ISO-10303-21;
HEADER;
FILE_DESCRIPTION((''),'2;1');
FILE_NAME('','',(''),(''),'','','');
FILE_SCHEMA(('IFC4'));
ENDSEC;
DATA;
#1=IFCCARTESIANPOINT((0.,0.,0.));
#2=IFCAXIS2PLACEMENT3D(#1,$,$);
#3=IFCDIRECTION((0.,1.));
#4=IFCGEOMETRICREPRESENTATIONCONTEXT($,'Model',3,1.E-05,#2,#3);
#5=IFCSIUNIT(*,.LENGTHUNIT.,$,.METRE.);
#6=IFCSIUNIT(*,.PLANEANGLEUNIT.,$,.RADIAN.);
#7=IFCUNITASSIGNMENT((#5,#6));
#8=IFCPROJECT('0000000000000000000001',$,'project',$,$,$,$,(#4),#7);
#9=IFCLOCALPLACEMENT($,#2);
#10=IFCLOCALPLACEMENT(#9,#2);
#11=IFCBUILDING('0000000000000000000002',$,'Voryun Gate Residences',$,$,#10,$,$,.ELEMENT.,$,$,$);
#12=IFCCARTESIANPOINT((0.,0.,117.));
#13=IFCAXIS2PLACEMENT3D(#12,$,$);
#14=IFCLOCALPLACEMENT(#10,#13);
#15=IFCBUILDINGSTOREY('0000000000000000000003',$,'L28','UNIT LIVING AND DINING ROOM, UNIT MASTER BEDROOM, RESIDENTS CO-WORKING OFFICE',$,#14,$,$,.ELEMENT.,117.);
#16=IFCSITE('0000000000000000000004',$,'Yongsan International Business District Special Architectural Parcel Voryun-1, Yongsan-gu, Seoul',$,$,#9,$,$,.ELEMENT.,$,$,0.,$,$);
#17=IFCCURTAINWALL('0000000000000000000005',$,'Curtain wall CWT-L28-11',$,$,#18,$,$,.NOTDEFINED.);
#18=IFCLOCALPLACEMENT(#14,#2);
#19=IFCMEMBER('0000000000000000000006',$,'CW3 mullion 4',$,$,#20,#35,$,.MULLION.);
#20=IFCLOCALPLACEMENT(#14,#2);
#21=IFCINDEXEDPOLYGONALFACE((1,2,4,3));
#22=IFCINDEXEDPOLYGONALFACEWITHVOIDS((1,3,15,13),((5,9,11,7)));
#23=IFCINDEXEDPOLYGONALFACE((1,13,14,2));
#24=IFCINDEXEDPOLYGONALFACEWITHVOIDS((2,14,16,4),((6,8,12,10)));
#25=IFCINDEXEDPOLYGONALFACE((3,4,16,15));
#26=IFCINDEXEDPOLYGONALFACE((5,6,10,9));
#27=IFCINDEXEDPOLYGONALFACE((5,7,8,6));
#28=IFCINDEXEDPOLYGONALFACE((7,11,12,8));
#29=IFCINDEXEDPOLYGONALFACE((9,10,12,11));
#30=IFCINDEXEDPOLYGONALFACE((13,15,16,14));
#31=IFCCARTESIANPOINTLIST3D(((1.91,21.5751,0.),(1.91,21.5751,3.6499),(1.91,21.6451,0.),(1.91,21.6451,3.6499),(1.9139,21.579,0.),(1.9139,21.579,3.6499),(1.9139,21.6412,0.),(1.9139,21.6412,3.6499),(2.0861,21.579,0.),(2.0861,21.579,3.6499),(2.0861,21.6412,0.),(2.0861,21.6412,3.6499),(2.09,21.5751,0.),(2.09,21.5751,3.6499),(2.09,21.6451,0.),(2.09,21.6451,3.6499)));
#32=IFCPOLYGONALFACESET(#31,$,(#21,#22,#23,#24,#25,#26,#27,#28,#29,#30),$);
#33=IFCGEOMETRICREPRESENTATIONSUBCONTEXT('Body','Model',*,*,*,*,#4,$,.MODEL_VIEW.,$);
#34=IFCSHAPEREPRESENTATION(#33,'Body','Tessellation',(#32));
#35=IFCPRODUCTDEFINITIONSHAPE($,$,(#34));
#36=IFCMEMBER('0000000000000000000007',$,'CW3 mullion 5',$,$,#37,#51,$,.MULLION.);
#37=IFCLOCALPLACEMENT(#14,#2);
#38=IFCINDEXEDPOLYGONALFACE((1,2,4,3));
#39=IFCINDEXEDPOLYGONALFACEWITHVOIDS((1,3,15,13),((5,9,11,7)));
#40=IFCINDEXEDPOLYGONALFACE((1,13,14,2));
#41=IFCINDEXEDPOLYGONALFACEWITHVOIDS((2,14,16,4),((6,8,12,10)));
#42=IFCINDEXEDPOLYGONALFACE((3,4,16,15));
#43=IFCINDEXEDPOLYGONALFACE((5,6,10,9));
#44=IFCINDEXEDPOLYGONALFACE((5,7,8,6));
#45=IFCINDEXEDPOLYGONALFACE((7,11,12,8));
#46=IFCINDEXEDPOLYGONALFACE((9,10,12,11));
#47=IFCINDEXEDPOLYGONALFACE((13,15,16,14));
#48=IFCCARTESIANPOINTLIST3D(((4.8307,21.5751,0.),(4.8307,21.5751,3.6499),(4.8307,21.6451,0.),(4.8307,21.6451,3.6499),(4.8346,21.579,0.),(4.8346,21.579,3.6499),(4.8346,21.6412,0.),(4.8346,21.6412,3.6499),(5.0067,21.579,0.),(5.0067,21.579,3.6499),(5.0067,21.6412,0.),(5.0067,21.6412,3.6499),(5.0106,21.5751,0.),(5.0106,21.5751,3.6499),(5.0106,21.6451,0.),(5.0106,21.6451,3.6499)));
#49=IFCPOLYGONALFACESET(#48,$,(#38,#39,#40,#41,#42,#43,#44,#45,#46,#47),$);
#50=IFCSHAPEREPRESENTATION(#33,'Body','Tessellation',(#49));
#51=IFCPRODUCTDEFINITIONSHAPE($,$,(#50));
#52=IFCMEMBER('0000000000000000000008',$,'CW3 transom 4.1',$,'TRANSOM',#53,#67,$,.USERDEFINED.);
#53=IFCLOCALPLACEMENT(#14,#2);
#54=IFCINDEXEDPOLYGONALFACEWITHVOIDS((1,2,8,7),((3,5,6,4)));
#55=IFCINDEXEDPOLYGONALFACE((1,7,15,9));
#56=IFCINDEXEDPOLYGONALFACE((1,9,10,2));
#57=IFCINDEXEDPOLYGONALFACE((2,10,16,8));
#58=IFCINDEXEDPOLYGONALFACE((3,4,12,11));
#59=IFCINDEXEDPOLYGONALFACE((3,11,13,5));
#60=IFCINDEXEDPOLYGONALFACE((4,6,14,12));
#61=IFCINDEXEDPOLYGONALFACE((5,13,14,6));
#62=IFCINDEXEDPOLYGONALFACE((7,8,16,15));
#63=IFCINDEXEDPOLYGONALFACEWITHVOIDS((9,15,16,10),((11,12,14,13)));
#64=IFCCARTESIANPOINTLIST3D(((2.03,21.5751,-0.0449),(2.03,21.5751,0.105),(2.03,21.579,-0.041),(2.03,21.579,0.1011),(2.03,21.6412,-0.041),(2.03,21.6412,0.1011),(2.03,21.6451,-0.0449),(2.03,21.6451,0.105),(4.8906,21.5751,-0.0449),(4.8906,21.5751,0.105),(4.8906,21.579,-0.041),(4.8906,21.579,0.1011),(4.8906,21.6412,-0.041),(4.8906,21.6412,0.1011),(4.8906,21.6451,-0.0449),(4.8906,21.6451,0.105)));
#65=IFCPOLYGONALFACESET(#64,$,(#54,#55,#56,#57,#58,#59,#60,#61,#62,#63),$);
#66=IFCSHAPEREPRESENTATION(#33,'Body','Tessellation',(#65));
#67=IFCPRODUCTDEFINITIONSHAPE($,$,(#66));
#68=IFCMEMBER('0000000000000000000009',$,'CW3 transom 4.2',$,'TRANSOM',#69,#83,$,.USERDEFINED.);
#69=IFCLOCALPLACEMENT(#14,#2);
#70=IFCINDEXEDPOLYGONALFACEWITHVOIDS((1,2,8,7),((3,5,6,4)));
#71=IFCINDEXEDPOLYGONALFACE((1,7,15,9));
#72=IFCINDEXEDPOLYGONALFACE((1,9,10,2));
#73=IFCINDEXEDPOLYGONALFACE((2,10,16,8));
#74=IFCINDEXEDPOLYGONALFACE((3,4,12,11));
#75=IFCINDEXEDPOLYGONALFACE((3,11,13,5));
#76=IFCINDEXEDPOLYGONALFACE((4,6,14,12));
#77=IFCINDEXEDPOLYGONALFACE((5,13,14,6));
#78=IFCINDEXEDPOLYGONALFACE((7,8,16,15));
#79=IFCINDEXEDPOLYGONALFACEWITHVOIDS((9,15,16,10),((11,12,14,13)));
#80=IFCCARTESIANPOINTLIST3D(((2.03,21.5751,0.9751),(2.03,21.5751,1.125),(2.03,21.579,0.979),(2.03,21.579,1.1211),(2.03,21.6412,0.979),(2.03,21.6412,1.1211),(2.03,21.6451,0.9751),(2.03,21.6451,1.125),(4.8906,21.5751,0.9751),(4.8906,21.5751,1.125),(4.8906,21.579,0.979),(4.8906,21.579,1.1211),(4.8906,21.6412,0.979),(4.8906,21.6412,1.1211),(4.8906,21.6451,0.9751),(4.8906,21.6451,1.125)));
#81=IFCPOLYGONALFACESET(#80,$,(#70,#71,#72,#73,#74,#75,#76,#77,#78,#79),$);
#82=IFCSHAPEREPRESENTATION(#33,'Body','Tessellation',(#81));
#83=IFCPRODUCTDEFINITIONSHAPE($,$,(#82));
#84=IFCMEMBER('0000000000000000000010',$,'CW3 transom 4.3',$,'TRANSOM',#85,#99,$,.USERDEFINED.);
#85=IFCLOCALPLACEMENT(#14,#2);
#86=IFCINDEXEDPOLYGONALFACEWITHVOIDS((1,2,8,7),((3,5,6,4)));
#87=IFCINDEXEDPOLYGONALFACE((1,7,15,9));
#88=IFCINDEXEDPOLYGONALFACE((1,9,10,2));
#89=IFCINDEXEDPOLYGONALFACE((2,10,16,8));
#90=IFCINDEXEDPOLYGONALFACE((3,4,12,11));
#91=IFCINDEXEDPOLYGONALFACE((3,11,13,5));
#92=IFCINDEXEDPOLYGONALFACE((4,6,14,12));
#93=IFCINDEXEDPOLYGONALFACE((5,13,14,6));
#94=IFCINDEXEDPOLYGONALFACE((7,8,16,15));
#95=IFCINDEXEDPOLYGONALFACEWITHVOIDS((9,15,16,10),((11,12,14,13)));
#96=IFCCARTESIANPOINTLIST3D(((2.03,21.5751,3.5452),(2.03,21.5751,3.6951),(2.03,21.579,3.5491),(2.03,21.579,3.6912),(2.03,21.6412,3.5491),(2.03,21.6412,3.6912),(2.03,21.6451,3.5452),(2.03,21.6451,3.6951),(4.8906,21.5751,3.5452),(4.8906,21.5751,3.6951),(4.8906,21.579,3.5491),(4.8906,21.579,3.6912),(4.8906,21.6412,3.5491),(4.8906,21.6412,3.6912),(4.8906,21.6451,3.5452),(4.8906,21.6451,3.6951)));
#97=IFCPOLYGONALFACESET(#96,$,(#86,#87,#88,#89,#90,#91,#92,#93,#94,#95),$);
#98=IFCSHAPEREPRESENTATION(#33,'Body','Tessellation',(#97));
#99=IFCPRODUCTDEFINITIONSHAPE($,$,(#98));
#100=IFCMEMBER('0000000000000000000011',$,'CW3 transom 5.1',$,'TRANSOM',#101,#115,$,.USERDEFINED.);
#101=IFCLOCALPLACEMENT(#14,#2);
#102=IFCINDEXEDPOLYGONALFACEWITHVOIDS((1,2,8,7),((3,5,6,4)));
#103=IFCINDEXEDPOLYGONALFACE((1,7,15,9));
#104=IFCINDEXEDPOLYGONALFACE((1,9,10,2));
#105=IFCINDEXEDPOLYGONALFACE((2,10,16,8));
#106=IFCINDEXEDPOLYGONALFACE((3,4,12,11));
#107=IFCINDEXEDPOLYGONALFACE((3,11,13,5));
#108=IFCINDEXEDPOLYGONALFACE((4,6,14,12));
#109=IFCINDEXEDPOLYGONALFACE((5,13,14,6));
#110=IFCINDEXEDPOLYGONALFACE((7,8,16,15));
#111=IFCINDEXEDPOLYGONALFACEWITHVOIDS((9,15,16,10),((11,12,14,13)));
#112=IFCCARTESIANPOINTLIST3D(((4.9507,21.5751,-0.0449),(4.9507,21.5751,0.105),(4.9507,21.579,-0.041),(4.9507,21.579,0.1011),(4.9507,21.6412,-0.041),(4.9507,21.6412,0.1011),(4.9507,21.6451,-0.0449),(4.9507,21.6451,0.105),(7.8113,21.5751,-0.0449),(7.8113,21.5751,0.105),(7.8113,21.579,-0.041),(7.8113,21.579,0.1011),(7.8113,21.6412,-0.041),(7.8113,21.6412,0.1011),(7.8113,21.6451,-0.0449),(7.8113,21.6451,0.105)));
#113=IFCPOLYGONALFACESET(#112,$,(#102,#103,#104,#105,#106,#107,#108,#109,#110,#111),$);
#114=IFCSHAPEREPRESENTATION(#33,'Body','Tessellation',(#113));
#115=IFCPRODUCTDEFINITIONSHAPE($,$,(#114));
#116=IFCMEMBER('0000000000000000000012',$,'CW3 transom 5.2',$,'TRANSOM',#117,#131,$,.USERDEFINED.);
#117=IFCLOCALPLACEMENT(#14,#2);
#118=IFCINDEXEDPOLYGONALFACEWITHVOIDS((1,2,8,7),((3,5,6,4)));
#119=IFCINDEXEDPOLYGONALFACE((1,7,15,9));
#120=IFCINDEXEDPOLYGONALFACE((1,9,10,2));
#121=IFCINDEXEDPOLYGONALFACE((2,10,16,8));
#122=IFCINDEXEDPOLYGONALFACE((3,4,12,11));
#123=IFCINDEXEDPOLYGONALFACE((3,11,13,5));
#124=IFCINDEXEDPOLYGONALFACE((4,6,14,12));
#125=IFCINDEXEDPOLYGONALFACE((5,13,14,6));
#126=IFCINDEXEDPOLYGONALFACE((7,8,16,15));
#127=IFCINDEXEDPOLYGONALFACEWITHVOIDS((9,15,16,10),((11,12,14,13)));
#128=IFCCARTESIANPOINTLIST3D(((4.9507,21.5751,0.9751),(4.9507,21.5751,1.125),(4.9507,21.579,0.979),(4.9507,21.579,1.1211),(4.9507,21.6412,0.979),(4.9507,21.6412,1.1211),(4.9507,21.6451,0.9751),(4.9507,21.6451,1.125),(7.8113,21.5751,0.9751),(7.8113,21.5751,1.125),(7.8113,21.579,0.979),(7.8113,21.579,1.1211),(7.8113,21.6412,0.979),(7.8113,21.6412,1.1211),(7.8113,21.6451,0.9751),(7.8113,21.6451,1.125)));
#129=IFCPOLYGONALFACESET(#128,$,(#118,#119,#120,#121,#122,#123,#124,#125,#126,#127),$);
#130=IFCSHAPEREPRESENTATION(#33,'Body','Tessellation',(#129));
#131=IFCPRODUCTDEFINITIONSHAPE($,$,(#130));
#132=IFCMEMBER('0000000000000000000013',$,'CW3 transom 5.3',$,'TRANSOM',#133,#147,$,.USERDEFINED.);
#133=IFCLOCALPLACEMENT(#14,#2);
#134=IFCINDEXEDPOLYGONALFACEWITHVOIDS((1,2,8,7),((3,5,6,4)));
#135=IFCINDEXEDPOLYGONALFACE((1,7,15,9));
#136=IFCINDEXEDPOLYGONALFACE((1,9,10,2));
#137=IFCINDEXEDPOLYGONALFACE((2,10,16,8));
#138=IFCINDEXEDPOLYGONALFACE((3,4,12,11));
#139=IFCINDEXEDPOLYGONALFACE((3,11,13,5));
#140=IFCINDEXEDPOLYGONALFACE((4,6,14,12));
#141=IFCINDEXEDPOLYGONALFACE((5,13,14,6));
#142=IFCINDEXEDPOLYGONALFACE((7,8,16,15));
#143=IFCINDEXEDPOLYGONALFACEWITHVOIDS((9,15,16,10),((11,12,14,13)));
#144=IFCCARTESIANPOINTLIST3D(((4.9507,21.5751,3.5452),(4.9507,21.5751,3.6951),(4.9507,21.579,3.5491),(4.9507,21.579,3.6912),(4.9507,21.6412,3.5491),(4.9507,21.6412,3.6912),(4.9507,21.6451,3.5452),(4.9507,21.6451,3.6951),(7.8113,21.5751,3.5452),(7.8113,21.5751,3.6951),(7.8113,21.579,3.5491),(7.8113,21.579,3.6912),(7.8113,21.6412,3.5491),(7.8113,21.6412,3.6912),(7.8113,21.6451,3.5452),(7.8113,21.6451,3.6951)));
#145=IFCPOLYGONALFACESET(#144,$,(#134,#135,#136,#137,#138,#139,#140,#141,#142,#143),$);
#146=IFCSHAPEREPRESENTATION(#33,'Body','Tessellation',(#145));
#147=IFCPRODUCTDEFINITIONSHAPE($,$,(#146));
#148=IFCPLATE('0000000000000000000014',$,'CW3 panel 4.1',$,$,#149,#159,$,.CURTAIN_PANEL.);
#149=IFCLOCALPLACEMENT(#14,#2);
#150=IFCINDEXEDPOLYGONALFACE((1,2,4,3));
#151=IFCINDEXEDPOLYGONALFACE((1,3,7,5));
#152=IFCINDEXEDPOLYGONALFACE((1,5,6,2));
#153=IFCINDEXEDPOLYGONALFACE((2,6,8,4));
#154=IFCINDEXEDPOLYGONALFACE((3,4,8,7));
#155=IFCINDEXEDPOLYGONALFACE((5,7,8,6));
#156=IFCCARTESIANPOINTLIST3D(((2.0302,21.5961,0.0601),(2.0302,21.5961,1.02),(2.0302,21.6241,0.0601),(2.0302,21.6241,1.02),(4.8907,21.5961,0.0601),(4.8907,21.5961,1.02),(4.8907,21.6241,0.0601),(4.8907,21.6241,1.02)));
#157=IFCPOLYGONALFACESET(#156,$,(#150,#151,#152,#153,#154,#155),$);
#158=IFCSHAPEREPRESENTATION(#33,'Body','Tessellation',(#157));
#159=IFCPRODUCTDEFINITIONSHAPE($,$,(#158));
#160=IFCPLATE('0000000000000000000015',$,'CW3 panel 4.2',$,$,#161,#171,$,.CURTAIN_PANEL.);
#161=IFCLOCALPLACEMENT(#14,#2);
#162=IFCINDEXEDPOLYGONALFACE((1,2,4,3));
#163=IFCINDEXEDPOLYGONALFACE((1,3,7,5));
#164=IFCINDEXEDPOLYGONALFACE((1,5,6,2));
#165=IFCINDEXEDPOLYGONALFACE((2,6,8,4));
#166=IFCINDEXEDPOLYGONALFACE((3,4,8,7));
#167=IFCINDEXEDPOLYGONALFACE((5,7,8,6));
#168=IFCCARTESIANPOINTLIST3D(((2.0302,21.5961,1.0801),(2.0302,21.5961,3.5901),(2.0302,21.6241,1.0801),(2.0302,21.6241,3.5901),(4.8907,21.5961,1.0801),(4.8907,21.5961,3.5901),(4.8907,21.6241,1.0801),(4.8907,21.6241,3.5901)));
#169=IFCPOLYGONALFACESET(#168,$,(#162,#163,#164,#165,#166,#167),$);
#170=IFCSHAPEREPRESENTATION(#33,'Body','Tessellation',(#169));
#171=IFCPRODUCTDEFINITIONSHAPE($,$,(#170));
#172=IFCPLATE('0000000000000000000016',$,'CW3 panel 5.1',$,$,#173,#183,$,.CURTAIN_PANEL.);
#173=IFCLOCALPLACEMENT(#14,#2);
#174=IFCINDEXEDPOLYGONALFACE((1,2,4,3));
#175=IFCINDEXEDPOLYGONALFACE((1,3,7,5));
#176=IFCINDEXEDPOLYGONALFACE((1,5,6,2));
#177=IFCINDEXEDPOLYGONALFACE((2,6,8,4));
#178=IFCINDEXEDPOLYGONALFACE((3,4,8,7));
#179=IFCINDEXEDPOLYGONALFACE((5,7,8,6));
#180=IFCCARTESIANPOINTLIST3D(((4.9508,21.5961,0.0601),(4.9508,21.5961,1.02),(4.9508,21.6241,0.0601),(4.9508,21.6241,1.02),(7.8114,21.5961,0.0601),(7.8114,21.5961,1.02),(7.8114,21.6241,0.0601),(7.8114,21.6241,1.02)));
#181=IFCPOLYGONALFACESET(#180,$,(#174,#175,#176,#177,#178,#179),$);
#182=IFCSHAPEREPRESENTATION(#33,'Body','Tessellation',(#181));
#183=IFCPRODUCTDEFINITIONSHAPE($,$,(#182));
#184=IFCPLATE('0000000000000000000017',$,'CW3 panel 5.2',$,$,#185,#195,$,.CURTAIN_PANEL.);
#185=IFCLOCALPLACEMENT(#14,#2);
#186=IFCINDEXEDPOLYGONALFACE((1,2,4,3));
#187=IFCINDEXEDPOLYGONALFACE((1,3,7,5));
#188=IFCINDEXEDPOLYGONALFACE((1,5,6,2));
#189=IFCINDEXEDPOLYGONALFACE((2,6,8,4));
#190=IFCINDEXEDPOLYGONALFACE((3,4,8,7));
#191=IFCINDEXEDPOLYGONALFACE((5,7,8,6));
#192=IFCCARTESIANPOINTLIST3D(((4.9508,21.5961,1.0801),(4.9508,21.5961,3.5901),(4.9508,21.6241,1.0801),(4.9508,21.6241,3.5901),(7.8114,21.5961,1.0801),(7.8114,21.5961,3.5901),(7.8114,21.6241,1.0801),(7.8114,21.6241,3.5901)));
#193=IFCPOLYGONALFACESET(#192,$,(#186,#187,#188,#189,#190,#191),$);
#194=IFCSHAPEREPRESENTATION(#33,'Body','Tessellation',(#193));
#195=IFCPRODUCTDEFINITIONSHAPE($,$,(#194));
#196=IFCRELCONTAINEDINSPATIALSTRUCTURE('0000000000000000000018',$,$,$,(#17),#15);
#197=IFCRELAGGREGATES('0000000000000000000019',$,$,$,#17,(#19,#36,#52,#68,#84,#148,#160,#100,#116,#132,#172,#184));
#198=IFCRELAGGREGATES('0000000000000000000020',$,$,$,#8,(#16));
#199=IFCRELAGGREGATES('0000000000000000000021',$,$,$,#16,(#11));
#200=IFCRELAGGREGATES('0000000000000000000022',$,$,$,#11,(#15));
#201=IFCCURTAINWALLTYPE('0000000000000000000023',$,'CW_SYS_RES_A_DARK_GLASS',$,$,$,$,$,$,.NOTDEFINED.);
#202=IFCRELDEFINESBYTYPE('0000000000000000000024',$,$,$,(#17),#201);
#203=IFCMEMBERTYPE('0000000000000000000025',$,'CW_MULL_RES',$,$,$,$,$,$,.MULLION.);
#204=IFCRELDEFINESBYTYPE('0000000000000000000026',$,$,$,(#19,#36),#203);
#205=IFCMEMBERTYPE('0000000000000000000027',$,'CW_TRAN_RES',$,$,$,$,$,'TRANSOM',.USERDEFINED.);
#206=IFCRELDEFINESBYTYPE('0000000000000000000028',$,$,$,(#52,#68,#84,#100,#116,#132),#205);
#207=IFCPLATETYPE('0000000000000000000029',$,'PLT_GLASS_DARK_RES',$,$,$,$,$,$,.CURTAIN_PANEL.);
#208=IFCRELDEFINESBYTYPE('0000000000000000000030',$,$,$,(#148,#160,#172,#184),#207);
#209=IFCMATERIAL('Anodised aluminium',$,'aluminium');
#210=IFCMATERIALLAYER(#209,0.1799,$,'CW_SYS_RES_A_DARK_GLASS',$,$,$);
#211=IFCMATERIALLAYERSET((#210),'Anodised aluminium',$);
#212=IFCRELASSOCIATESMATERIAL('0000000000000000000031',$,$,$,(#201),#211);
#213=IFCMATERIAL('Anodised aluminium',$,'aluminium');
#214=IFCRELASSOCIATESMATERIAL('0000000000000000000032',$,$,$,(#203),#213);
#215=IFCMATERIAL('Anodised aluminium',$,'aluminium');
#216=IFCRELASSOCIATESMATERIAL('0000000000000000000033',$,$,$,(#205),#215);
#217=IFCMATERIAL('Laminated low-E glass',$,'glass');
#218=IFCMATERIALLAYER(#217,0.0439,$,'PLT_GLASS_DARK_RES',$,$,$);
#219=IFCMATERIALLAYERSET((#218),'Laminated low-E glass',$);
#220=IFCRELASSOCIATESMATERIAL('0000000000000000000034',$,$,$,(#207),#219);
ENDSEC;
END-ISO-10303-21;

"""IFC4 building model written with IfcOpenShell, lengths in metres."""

from ifc_helpers import new_model, si_unit, direction, frame, origin, origin_2d, place, context, subcontext, project, spatial, rectangle, hollow_rectangle, extrude, material, layer, layer_set, material_profile, profile_set, type_object, element, aggregate, save


model = new_model("IFC4")

# Units and contexts
model_context = context("Model", 3, precision=1e-05, world=origin(), true_north=direction((0.0, 1.0)))
body_context = subcontext(model_context, "Body", "Model", "MODEL_VIEW")
ifc_project = project(units=[si_unit("LENGTHUNIT", "METRE"), si_unit("PLANEANGLEUNIT", "RADIAN")], contexts=[model_context])

# Site, building, storey
site_placement = place(None, origin())
site = spatial("IfcSite", under=ifc_project, at=site_placement, Name="Yongsan International Business District Special Architectural Parcel Voryun-1, Yongsan-gu, Seoul", CompositionType="ELEMENT", RefElevation=0.0)
building_placement = place(site_placement, origin())
building = spatial("IfcBuilding", under=site, at=building_placement, Name="Voryun Gate Residences", CompositionType="ELEMENT")
storey_placement = place(building_placement, frame((0.0, 0.0, 117.0)))
storey = spatial("IfcBuildingStorey", under=building, at=storey_placement, Name="L28", Description="UNIT LIVING AND DINING ROOM, UNIT MASTER BEDROOM, RESIDENTS CO-WORKING OFFICE", CompositionType="ELEMENT", Elevation=117.0)

# Curtain wall, members, plates
ifc_material_1 = material(Name="Anodised aluminium", Category="aluminium")
ifc_layer_1 = layer(ifc_material_1, 0.1799, Name="CW_SYS_RES_A_DARK_GLASS")
ifc_layer_set_1 = layer_set([ifc_layer_1], Name="Anodised aluminium")
curtain_wall_type = type_object("IfcCurtainWallType", Name="CW_SYS_RES_A_DARK_GLASS", PredefinedType="NOTDEFINED", material=ifc_layer_set_1)
curtain_wall_placement = place(storey_placement, origin())
curtain_wall = element("IfcCurtainWall", 1, at=curtain_wall_placement, inside=storey, type_object=curtain_wall_type, Name="Curtain wall CWT-L28-11", PredefinedType="NOTDEFINED")
ifc_material_2 = material(Name="Anodised aluminium", Category="aluminium")
ifc_material_profile_1 = material_profile(ifc_material_2, hollow_rectangle(XDim=0.0701, YDim=0.1799, WallThickness=0.0039, at=origin_2d()), Name="ALU-MULL-180x70x4")
ifc_profile_set_1 = profile_set([ifc_material_profile_1], Name="Anodised aluminium")
member_type_1 = type_object("IfcMemberType", Name="CW_MULL_RES", PredefinedType="MULLION", material=ifc_profile_set_1)
member_1_placement = place(storey_placement, frame((2.0, 21.6101, 0.0), z_axis=(0.0, 0.0, 1.0), x_axis=(0.0, 1.0, 0.0)))
member_1 = element("IfcMember", 2, at=member_1_placement, type_object=member_type_1, Name="CW3 mullion 4", PredefinedType="MULLION", context=body_context, shape_type="SweptSolid", body=[
    extrude(hollow_rectangle(XDim=0.0701, YDim=0.1799, WallThickness=0.0039, at=origin_2d()), origin(), (0.0, 0.0, 1.0), 3.6499),
])
member_2_placement = place(storey_placement, frame((4.9207, 21.6101, 0.0), z_axis=(0.0, 0.0, 1.0), x_axis=(0.0, 1.0, 0.0)))
member_2 = element("IfcMember", 3, at=member_2_placement, type_object=member_type_1, Name="CW3 mullion 5", PredefinedType="MULLION", context=body_context, shape_type="SweptSolid", body=[
    extrude(hollow_rectangle(XDim=0.0701, YDim=0.1799, WallThickness=0.0039, at=origin_2d()), origin(), (0.0, 0.0, 1.0), 3.6499),
])
ifc_material_3 = material(Name="Anodised aluminium", Category="aluminium")
ifc_material_profile_2 = material_profile(ifc_material_3, hollow_rectangle(XDim=0.0701, YDim=0.1499, WallThickness=0.0039, at=origin_2d()), Name="ALU-TRAN-150x70x4")
ifc_profile_set_2 = profile_set([ifc_material_profile_2], Name="Anodised aluminium")
member_type_2 = type_object("IfcMemberType", Name="CW_TRAN_RES", ElementType="TRANSOM", PredefinedType="USERDEFINED", material=ifc_profile_set_2)
member_3_placement = place(storey_placement, frame((2.03, 21.6101, 0.03), z_axis=(1.0, 0.0, 0.0), x_axis=(0.0, 1.0, 0.0)))
member_3 = element("IfcMember", 4, at=member_3_placement, type_object=member_type_2, Name="CW3 transom 4.1", ObjectType="TRANSOM", PredefinedType="USERDEFINED", context=body_context, shape_type="SweptSolid", body=[
    extrude(hollow_rectangle(XDim=0.0701, YDim=0.1499, WallThickness=0.0039, at=origin_2d()), origin(), (0.0, 0.0, 1.0), 2.8606),
])
member_4_placement = place(storey_placement, frame((2.03, 21.6101, 1.05), z_axis=(1.0, 0.0, 0.0), x_axis=(0.0, 1.0, 0.0)))
member_4 = element("IfcMember", 5, at=member_4_placement, type_object=member_type_2, Name="CW3 transom 4.2", ObjectType="TRANSOM", PredefinedType="USERDEFINED", context=body_context, shape_type="SweptSolid", body=[
    extrude(hollow_rectangle(XDim=0.0701, YDim=0.1499, WallThickness=0.0039, at=origin_2d()), origin(), (0.0, 0.0, 1.0), 2.8606),
])
member_5_placement = place(storey_placement, frame((2.03, 21.6101, 3.6201), z_axis=(1.0, 0.0, 0.0), x_axis=(0.0, 1.0, 0.0)))
member_5 = element("IfcMember", 6, at=member_5_placement, type_object=member_type_2, Name="CW3 transom 4.3", ObjectType="TRANSOM", PredefinedType="USERDEFINED", context=body_context, shape_type="SweptSolid", body=[
    extrude(hollow_rectangle(XDim=0.0701, YDim=0.1499, WallThickness=0.0039, at=origin_2d()), origin(), (0.0, 0.0, 1.0), 2.8606),
])
member_6_placement = place(storey_placement, frame((4.9507, 21.6101, 0.03), z_axis=(1.0, 0.0, 0.0), x_axis=(0.0, 1.0, 0.0)))
member_6 = element("IfcMember", 7, at=member_6_placement, type_object=member_type_2, Name="CW3 transom 5.1", ObjectType="TRANSOM", PredefinedType="USERDEFINED", context=body_context, shape_type="SweptSolid", body=[
    extrude(hollow_rectangle(XDim=0.0701, YDim=0.1499, WallThickness=0.0039, at=origin_2d()), origin(), (0.0, 0.0, 1.0), 2.8606),
])
member_7_placement = place(storey_placement, frame((4.9507, 21.6101, 1.05), z_axis=(1.0, 0.0, 0.0), x_axis=(0.0, 1.0, 0.0)))
member_7 = element("IfcMember", 8, at=member_7_placement, type_object=member_type_2, Name="CW3 transom 5.2", ObjectType="TRANSOM", PredefinedType="USERDEFINED", context=body_context, shape_type="SweptSolid", body=[
    extrude(hollow_rectangle(XDim=0.0701, YDim=0.1499, WallThickness=0.0039, at=origin_2d()), origin(), (0.0, 0.0, 1.0), 2.8606),
])
member_8_placement = place(storey_placement, frame((4.9507, 21.6101, 3.6201), z_axis=(1.0, 0.0, 0.0), x_axis=(0.0, 1.0, 0.0)))
member_8 = element("IfcMember", 9, at=member_8_placement, type_object=member_type_2, Name="CW3 transom 5.3", ObjectType="TRANSOM", PredefinedType="USERDEFINED", context=body_context, shape_type="SweptSolid", body=[
    extrude(hollow_rectangle(XDim=0.0701, YDim=0.1499, WallThickness=0.0039, at=origin_2d()), origin(), (0.0, 0.0, 1.0), 2.8606),
])
ifc_material_4 = material(Name="Laminated low-E glass", Category="glass")
ifc_layer_2 = layer(ifc_material_4, 0.0439, Name="PLT_GLASS_DARK_RES")
ifc_layer_set_2 = layer_set([ifc_layer_2], Name="Laminated low-E glass")
plate_type = type_object("IfcPlateType", Name="PLT_GLASS_DARK_RES", PredefinedType="CURTAIN_PANEL", material=ifc_layer_set_2)
plate_1_placement = place(storey_placement, frame((3.4604, 21.6101, 0.0601), z_axis=(0.0, 0.0, 1.0), x_axis=(1.0, 0.0, 0.0)))
plate_1 = element("IfcPlate", 10, at=plate_1_placement, type_object=plate_type, Name="CW3 panel 4.1", PredefinedType="CURTAIN_PANEL", context=body_context, shape_type="SweptSolid", body=[
    extrude(rectangle(XDim=2.8606, YDim=0.0281, at=origin_2d()), origin(), (0.0, 0.0, 1.0), 0.96),
])
plate_2_placement = place(storey_placement, frame((3.4604, 21.6101, 1.0801), z_axis=(0.0, 0.0, 1.0), x_axis=(1.0, 0.0, 0.0)))
plate_2 = element("IfcPlate", 11, at=plate_2_placement, type_object=plate_type, Name="CW3 panel 4.2", PredefinedType="CURTAIN_PANEL", context=body_context, shape_type="SweptSolid", body=[
    extrude(rectangle(XDim=2.8606, YDim=0.0281, at=origin_2d()), origin(), (0.0, 0.0, 1.0), 2.51),
])
plate_3_placement = place(storey_placement, frame((6.3811, 21.6101, 0.0601), z_axis=(0.0, 0.0, 1.0), x_axis=(1.0, 0.0, 0.0)))
plate_3 = element("IfcPlate", 12, at=plate_3_placement, type_object=plate_type, Name="CW3 panel 5.1", PredefinedType="CURTAIN_PANEL", context=body_context, shape_type="SweptSolid", body=[
    extrude(rectangle(XDim=2.8606, YDim=0.0281, at=origin_2d()), origin(), (0.0, 0.0, 1.0), 0.96),
])
plate_4_placement = place(storey_placement, frame((6.3811, 21.6101, 1.0801), z_axis=(0.0, 0.0, 1.0), x_axis=(1.0, 0.0, 0.0)))
plate_4 = element("IfcPlate", 13, at=plate_4_placement, type_object=plate_type, Name="CW3 panel 5.2", PredefinedType="CURTAIN_PANEL", context=body_context, shape_type="SweptSolid", body=[
    extrude(rectangle(XDim=2.8606, YDim=0.0281, at=origin_2d()), origin(), (0.0, 0.0, 1.0), 2.51),
])
aggregate(curtain_wall, [member_1, member_2, member_3, member_4, member_5, plate_1, plate_2, member_6, member_7, member_8, plate_3, plate_4])

save(model, "model.ifc")
